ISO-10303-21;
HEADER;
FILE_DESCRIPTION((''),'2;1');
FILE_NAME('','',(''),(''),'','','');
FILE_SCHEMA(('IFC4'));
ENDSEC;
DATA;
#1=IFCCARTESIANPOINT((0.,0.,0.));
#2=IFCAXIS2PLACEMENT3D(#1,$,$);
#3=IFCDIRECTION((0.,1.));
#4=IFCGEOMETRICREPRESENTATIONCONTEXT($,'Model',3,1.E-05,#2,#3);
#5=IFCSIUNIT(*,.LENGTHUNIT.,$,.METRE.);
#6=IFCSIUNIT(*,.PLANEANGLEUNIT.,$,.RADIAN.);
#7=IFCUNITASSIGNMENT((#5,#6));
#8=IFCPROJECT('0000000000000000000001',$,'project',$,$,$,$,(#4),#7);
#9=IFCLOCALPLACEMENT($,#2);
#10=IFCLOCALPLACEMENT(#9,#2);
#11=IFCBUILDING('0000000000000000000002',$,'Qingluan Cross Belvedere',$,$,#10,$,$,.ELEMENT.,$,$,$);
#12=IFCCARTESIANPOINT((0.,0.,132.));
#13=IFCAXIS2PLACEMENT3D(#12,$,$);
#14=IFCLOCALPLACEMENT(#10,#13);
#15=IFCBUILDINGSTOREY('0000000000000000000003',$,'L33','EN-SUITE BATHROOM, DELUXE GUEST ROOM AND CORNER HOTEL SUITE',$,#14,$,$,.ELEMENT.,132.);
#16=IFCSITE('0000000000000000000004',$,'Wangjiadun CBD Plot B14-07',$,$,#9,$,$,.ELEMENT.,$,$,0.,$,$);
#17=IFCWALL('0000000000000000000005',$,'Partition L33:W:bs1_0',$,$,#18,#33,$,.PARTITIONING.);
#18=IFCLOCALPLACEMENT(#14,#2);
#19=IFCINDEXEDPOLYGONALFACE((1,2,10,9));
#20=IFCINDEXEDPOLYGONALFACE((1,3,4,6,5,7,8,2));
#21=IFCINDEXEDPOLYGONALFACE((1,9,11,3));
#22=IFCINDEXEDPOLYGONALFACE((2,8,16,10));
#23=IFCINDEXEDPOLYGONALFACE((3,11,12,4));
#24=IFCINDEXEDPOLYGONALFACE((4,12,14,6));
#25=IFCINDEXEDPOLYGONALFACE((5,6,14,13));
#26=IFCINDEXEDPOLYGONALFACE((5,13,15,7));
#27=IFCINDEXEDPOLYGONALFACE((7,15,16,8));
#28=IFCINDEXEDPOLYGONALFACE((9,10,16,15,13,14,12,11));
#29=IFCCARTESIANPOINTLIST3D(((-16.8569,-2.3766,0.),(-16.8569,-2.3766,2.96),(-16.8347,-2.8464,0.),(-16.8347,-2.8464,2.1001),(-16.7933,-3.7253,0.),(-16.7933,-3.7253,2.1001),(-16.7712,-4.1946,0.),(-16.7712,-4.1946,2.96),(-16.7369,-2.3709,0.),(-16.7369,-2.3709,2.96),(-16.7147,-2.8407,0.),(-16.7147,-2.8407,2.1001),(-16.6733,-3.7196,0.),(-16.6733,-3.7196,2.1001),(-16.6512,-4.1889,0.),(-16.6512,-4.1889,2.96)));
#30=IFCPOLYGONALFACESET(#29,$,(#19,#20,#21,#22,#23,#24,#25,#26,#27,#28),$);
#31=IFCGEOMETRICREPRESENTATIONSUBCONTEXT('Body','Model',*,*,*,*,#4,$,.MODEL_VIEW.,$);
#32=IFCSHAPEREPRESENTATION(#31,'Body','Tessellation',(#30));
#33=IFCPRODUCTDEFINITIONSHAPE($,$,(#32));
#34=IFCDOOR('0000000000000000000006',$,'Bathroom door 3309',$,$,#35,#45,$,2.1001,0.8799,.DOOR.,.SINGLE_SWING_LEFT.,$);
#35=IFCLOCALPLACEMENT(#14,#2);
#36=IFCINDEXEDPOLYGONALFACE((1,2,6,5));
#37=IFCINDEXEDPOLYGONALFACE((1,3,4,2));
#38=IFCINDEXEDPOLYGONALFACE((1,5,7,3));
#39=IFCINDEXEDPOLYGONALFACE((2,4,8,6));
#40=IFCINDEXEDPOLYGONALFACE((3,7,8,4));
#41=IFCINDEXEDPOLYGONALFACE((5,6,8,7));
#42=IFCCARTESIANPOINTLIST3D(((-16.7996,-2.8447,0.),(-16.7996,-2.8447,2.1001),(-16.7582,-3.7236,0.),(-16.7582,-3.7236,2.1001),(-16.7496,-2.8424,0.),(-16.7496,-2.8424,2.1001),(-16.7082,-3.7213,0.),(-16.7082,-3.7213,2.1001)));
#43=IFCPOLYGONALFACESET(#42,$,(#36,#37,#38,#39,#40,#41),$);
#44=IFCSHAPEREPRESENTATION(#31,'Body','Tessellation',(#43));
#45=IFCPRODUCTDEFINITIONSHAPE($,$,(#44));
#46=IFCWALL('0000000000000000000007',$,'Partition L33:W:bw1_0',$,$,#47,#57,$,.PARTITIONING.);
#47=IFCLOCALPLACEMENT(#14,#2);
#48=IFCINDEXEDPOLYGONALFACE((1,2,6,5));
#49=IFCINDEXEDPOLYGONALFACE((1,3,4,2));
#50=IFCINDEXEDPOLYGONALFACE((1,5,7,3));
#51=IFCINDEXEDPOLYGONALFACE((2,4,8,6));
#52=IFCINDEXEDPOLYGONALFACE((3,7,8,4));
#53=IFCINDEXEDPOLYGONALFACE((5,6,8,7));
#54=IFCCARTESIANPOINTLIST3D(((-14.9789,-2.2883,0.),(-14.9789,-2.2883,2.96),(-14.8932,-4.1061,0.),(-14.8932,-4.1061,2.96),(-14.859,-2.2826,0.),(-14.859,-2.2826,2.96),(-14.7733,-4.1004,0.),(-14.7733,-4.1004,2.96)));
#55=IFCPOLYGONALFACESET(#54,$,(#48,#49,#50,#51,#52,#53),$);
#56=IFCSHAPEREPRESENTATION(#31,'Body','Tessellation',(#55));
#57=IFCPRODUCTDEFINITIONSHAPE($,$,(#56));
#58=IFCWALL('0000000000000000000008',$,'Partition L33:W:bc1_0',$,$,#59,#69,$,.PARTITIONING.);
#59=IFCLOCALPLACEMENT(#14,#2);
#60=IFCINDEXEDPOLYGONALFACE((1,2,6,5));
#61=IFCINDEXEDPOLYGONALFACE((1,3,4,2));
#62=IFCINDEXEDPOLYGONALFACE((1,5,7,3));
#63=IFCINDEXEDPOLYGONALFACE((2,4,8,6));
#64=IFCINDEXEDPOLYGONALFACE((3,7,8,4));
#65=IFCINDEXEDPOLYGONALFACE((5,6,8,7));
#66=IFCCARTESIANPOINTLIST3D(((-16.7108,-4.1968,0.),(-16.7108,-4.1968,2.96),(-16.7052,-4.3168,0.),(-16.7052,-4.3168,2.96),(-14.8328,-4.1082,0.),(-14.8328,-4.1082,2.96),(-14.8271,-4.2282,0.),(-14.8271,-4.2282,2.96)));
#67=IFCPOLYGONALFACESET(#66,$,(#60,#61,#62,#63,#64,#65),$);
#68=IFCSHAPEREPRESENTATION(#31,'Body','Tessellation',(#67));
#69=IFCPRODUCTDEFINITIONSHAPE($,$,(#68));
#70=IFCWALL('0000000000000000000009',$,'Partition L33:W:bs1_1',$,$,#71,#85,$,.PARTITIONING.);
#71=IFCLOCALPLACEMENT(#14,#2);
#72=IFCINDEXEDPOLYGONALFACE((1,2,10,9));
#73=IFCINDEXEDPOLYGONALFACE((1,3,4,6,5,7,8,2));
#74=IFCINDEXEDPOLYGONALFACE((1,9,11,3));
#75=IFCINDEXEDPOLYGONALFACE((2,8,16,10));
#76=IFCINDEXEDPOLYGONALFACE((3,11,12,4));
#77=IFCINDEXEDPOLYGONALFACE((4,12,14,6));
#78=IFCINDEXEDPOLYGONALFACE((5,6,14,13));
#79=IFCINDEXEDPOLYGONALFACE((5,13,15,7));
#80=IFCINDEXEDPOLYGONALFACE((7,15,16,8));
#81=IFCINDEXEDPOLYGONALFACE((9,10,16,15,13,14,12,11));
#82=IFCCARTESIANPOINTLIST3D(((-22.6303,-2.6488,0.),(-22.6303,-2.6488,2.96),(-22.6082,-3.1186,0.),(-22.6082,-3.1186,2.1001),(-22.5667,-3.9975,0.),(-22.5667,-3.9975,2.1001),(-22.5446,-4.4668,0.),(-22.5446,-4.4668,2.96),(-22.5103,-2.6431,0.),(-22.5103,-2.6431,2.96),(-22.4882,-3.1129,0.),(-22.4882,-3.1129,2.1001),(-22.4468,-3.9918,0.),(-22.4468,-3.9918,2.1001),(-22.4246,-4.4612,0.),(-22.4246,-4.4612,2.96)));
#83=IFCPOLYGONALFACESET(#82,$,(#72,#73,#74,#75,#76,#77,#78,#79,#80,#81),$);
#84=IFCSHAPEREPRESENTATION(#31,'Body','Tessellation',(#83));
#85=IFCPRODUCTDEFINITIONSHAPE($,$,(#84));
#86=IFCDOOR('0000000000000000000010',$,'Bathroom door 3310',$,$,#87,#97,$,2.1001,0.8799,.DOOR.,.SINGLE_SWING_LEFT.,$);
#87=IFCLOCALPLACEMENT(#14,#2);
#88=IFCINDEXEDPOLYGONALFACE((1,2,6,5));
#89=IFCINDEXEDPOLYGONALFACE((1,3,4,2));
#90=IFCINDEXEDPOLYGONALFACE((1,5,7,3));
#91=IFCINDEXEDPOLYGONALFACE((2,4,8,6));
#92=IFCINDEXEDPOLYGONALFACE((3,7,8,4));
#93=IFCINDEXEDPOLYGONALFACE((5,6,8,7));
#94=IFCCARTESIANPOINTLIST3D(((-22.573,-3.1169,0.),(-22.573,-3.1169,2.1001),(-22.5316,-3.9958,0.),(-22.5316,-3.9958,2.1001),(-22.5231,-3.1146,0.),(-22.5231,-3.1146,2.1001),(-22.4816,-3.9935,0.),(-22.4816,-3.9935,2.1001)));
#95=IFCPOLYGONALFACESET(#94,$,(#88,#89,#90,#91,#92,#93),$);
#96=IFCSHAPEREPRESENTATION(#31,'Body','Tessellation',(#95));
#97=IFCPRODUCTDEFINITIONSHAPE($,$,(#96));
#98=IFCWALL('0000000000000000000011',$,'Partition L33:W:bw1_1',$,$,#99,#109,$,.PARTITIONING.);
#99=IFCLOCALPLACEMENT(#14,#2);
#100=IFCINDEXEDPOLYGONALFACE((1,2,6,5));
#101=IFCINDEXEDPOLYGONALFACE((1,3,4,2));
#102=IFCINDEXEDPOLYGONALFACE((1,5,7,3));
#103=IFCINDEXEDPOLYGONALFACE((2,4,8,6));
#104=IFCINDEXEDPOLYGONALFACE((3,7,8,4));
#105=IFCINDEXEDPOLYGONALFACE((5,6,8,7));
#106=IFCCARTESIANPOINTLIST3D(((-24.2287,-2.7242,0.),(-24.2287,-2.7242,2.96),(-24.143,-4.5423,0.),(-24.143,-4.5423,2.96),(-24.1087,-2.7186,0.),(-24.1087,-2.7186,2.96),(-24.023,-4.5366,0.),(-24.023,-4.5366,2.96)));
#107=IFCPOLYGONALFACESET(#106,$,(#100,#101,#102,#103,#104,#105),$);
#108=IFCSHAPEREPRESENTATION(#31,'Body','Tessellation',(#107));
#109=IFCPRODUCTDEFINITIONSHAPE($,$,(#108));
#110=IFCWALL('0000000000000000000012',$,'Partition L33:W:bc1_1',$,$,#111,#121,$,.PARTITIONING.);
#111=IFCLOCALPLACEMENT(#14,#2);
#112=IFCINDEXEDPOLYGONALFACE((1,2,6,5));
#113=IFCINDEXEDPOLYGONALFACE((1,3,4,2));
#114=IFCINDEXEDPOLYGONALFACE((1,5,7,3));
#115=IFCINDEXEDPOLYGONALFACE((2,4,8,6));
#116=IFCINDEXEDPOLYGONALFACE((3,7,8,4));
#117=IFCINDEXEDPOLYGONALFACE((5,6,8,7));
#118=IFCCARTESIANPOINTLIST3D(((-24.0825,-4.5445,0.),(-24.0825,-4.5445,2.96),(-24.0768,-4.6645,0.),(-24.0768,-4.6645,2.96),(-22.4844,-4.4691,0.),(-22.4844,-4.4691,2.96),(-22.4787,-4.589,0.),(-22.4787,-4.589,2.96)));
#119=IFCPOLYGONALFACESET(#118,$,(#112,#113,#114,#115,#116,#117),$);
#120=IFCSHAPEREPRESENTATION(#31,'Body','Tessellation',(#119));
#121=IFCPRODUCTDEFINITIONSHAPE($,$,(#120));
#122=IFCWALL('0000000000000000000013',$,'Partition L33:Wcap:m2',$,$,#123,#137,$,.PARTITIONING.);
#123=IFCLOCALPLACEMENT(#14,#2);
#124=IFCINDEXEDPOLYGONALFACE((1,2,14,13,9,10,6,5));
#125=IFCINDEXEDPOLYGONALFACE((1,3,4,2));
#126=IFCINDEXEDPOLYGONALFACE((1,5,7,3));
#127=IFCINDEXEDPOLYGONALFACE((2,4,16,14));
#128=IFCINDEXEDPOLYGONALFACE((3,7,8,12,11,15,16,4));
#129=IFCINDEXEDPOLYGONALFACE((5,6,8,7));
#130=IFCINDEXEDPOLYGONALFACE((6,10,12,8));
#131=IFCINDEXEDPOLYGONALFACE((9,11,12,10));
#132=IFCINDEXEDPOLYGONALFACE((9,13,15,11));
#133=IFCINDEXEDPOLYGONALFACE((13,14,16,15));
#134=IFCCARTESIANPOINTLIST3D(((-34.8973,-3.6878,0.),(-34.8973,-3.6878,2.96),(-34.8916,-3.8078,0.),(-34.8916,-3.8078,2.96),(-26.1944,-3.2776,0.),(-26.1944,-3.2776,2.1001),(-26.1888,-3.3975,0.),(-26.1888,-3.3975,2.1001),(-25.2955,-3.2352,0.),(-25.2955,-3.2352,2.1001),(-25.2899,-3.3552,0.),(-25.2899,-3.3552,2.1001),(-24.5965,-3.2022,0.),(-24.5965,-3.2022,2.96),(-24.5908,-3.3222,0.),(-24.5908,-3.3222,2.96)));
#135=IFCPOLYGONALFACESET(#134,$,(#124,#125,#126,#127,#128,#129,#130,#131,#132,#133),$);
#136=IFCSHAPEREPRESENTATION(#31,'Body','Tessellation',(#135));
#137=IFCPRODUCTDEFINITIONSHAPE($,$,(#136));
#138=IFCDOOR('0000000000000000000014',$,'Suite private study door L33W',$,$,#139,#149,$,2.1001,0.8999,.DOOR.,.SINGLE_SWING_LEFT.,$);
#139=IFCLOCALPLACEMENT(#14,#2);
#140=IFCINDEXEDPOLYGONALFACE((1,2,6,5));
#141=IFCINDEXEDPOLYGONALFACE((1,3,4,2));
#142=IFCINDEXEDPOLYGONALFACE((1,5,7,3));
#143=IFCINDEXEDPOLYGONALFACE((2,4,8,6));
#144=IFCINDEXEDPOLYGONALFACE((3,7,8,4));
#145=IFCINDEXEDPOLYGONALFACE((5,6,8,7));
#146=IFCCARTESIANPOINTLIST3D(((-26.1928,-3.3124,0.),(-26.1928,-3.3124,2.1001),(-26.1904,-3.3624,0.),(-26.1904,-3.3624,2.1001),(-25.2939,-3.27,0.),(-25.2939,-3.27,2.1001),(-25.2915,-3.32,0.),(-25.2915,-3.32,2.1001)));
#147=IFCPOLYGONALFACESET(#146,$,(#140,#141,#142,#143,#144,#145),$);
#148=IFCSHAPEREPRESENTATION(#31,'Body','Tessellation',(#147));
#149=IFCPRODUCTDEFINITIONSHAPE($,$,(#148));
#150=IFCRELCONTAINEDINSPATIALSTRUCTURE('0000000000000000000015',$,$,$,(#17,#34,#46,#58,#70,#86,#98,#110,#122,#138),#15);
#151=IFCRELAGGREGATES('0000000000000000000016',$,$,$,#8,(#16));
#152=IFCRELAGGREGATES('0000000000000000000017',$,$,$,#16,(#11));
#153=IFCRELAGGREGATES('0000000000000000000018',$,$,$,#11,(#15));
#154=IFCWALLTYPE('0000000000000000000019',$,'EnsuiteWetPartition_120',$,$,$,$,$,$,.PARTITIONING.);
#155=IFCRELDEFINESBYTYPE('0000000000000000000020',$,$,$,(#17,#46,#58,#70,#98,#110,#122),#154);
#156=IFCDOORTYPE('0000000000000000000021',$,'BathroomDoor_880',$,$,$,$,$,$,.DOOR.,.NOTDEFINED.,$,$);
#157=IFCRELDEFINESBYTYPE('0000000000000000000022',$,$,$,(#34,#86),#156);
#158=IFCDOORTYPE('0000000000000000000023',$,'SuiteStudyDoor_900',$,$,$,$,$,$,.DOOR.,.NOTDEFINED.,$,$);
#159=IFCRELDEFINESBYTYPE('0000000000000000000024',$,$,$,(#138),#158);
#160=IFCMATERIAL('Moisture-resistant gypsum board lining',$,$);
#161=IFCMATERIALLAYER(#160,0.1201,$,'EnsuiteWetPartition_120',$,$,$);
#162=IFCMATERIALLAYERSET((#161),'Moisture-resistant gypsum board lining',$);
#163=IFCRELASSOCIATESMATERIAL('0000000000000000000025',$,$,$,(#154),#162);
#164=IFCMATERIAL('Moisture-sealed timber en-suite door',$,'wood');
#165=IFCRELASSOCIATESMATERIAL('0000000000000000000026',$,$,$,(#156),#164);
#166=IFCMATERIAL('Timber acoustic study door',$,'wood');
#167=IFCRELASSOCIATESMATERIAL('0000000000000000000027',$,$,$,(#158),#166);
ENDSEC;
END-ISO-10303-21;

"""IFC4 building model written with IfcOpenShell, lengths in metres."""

from ifc_helpers import new_model, si_unit, direction, frame, frame_2d, origin, place, context, subcontext, project, spatial, rectangle, extrude, material, layer, layer_set, type_object, element, fill, save


model = new_model("IFC4")

# Units and contexts
model_context = context("Model", 3, precision=1e-05, world=origin(), true_north=direction((0.0, 1.0)))
body_context = subcontext(model_context, "Body", "Model", "MODEL_VIEW")
ifc_project = project(units=[si_unit("LENGTHUNIT", "METRE"), si_unit("PLANEANGLEUNIT", "RADIAN")], contexts=[model_context])

# Site, building, storey
site_placement = place(None, origin())
site = spatial("IfcSite", under=ifc_project, at=site_placement, Name="Wangjiadun CBD Plot B14-07", CompositionType="ELEMENT", RefElevation=0.0)
building_placement = place(site_placement, origin())
building = spatial("IfcBuilding", under=site, at=building_placement, Name="Qingluan Cross Belvedere", CompositionType="ELEMENT")
storey_placement = place(building_placement, frame((0.0, 0.0, 132.0)))
storey = spatial("IfcBuildingStorey", under=building, at=storey_placement, Name="L33", Description="EN-SUITE BATHROOM, DELUXE GUEST ROOM AND CORNER HOTEL SUITE", CompositionType="ELEMENT", Elevation=132.0)

# Shared definitions
ifc_material_1 = material(Name="Moisture-resistant gypsum board lining")
ifc_layer_1 = layer(ifc_material_1, 0.1201, Name="EnsuiteWetPartition_120")
ifc_layer_set_1 = layer_set([ifc_layer_1], Name="Moisture-resistant gypsum board lining")
wall_type_1 = type_object("IfcWallType", Name="EnsuiteWetPartition_120", PredefinedType="PARTITIONING", material=ifc_layer_set_1)
ifc_material_2 = material(Name="Moisture-sealed timber en-suite door", Category="wood")
door_type_1 = type_object("IfcDoorType", Name="BathroomDoor_880", OperationType="NOTDEFINED", PredefinedType="DOOR", material=ifc_material_2)

# Wall, opening, door
wall_1_placement = place(storey_placement, frame((-16.7112, -4.1919, 0.0), z_axis=(0.0, 0.0, 1.0), x_axis=(-0.047081, 0.998891, 0.0)))
wall_1 = element("IfcWall", 1, at=wall_1_placement, inside=storey, type_object=wall_type_1, Name="Partition L33:W:bs1_0", PredefinedType="PARTITIONING", context=body_context, shape_type="SweptSolid", body=[
    extrude(rectangle(XDim=1.8201, YDim=0.1201, at=frame_2d((0.9102, 0.0))), origin(), (0.0, 0.0, 1.0), 2.96),
])
opening_1_placement = place(wall_1_placement, frame((0.47, 0.0, 0.0)))
opening_1 = element("IfcOpeningElement", 2, at=opening_1_placement, cuts=wall_1, PredefinedType="OPENING", context=body_context, shape_type="SweptSolid", body=[
    extrude(rectangle(XDim=0.8799, YDim=2.1001, at=frame_2d((0.4399, 1.05))), frame((0.0, 0.0701, 0.0), z_axis=(0.0, -1.0, 0.0), x_axis=(1.0, 0.0, 0.0)), (0.0, 0.0, 1.0), 0.1401),
])
door_1_placement = place(opening_1_placement, origin())
door_1 = element("IfcDoor", 3, at=door_1_placement, inside=storey, type_object=door_type_1, Name="Bathroom door 3309", OperationType="SINGLE_SWING_LEFT", OverallHeight=2.1001, OverallWidth=0.8799, PredefinedType="DOOR", context=body_context, shape_type="SweptSolid", body=[
    extrude(rectangle(XDim=0.8799, YDim=2.1001, at=frame_2d((0.4399, 1.05))), frame((0.0, 0.0249, 0.0), z_axis=(0.0, -1.0, 0.0), x_axis=(1.0, 0.0, 0.0)), (0.0, 0.0, 1.0), 0.05),
])
fill(opening_1, door_1)

# Walls
wall_2_placement = place(storey_placement, frame((-14.8333, -4.1033, 0.0), z_axis=(0.0, 0.0, 1.0), x_axis=(-0.047087, 0.998891, 0.0)))
element("IfcWall", 4, at=wall_2_placement, inside=storey, type_object=wall_type_1, Name="Partition L33:W:bw1_0", PredefinedType="PARTITIONING", context=body_context, shape_type="SweptSolid", body=[
    extrude(rectangle(XDim=1.8198, YDim=0.1201, at=frame_2d((0.9099, 0.0))), origin(), (0.0, 0.0, 1.0), 2.96),
])
wall_3_placement = place(storey_placement, frame((-14.8301, -4.1682, 0.0), z_axis=(0.0, 0.0, 1.0), x_axis=(-0.998888, -0.047139, 0.0)))
element("IfcWall", 5, at=wall_3_placement, inside=storey, type_object=wall_type_1, Name="Partition L33:W:bc1_0", PredefinedType="PARTITIONING", context=body_context, shape_type="SweptSolid", body=[
    extrude(rectangle(XDim=1.8801, YDim=0.1201, at=frame_2d((0.9399, 0.0))), origin(), (0.0, 0.0, 1.0), 2.96),
])

# Wall, opening, door
wall_4_placement = place(storey_placement, frame((-22.4846, -4.4641, 0.0), z_axis=(0.0, 0.0, 1.0), x_axis=(-0.047081, 0.998891, 0.0)))
wall_4 = element("IfcWall", 6, at=wall_4_placement, inside=storey, type_object=wall_type_1, Name="Partition L33:W:bs1_1", PredefinedType="PARTITIONING", context=body_context, shape_type="SweptSolid", body=[
    extrude(rectangle(XDim=1.8201, YDim=0.1201, at=frame_2d((0.9102, 0.0))), origin(), (0.0, 0.0, 1.0), 2.96),
])
opening_2_placement = place(wall_4_placement, frame((0.47, 0.0, 0.0)))
opening_2 = element("IfcOpeningElement", 7, at=opening_2_placement, cuts=wall_4, PredefinedType="OPENING", context=body_context, shape_type="SweptSolid", body=[
    extrude(rectangle(XDim=0.8799, YDim=2.1001, at=frame_2d((0.4399, 1.05))), frame((0.0, 0.0701, 0.0), z_axis=(0.0, -1.0, 0.0), x_axis=(1.0, 0.0, 0.0)), (0.0, 0.0, 1.0), 0.1401),
])
door_2_placement = place(opening_2_placement, origin())
door_2 = element("IfcDoor", 8, at=door_2_placement, inside=storey, type_object=door_type_1, Name="Bathroom door 3310", OperationType="SINGLE_SWING_LEFT", OverallHeight=2.1001, OverallWidth=0.8799, PredefinedType="DOOR", context=body_context, shape_type="SweptSolid", body=[
    extrude(rectangle(XDim=0.8799, YDim=2.1001, at=frame_2d((0.4399, 1.05))), frame((0.0, 0.0249, 0.0), z_axis=(0.0, -1.0, 0.0), x_axis=(1.0, 0.0, 0.0)), (0.0, 0.0, 1.0), 0.05),
])
fill(opening_2, door_2)

# Walls
wall_5_placement = place(storey_placement, frame((-24.083, -4.5396, 0.0), z_axis=(0.0, 0.0, 1.0), x_axis=(-0.047081, 0.998891, 0.0)))
element("IfcWall", 9, at=wall_5_placement, inside=storey, type_object=wall_type_1, Name="Partition L33:W:bw1_1", PredefinedType="PARTITIONING", context=body_context, shape_type="SweptSolid", body=[
    extrude(rectangle(XDim=1.8201, YDim=0.1201, at=frame_2d((0.9102, 0.0))), origin(), (0.0, 0.0, 1.0), 2.96),
])
wall_6_placement = place(storey_placement, frame((-22.4817, -4.5291, 0.0), z_axis=(0.0, 0.0, 1.0), x_axis=(-0.998888, -0.047152, 0.0)))
element("IfcWall", 10, at=wall_6_placement, inside=storey, type_object=wall_type_1, Name="Partition L33:W:bc1_1", PredefinedType="PARTITIONING", context=body_context, shape_type="SweptSolid", body=[
    extrude(rectangle(XDim=1.5999, YDim=0.1201, at=frame_2d((0.7998, 0.0))), origin(), (0.0, 0.0, 1.0), 2.96),
])

# Wall, opening, door
wall_7_placement = place(storey_placement, frame((-24.5935, -3.2622, 0.0), z_axis=(0.0, 0.0, 1.0), x_axis=(-0.998891, -0.047089, 0.0)))
wall_7 = element("IfcWall", 11, at=wall_7_placement, inside=storey, type_object=wall_type_1, Name="Partition L33:Wcap:m2", PredefinedType="PARTITIONING", context=body_context, shape_type="SweptSolid", body=[
    extrude(rectangle(XDim=10.3123, YDim=0.1201, at=frame_2d((5.1562, 0.0))), origin(), (0.0, 0.0, 1.0), 2.96),
])
opening_3_placement = place(wall_7_placement, frame((0.7, 0.0, 0.0)))
opening_3 = element("IfcOpeningElement", 12, at=opening_3_placement, cuts=wall_7, PredefinedType="OPENING", context=body_context, shape_type="SweptSolid", body=[
    extrude(rectangle(XDim=0.8999, YDim=2.1001, at=frame_2d((0.45, 1.05))), frame((0.0, 0.0701, 0.0), z_axis=(0.0, -1.0, 0.0), x_axis=(1.0, 0.0, 0.0)), (0.0, 0.0, 1.0), 0.1401),
])
ifc_material_3 = material(Name="Timber acoustic study door", Category="wood")
door_type_2 = type_object("IfcDoorType", Name="SuiteStudyDoor_900", OperationType="NOTDEFINED", PredefinedType="DOOR", material=ifc_material_3)
door_3_placement = place(opening_3_placement, origin())
door_3 = element("IfcDoor", 13, at=door_3_placement, inside=storey, type_object=door_type_2, Name="Suite private study door L33W", OperationType="SINGLE_SWING_LEFT", OverallHeight=2.1001, OverallWidth=0.8999, PredefinedType="DOOR", context=body_context, shape_type="SweptSolid", body=[
    extrude(rectangle(XDim=0.8999, YDim=2.1001, at=frame_2d((0.45, 1.05))), frame((0.0, 0.0249, 0.0), z_axis=(0.0, -1.0, 0.0), x_axis=(1.0, 0.0, 0.0)), (0.0, 0.0, 1.0), 0.05),
])
fill(opening_3, door_3)

save(model, "model.ifc")
